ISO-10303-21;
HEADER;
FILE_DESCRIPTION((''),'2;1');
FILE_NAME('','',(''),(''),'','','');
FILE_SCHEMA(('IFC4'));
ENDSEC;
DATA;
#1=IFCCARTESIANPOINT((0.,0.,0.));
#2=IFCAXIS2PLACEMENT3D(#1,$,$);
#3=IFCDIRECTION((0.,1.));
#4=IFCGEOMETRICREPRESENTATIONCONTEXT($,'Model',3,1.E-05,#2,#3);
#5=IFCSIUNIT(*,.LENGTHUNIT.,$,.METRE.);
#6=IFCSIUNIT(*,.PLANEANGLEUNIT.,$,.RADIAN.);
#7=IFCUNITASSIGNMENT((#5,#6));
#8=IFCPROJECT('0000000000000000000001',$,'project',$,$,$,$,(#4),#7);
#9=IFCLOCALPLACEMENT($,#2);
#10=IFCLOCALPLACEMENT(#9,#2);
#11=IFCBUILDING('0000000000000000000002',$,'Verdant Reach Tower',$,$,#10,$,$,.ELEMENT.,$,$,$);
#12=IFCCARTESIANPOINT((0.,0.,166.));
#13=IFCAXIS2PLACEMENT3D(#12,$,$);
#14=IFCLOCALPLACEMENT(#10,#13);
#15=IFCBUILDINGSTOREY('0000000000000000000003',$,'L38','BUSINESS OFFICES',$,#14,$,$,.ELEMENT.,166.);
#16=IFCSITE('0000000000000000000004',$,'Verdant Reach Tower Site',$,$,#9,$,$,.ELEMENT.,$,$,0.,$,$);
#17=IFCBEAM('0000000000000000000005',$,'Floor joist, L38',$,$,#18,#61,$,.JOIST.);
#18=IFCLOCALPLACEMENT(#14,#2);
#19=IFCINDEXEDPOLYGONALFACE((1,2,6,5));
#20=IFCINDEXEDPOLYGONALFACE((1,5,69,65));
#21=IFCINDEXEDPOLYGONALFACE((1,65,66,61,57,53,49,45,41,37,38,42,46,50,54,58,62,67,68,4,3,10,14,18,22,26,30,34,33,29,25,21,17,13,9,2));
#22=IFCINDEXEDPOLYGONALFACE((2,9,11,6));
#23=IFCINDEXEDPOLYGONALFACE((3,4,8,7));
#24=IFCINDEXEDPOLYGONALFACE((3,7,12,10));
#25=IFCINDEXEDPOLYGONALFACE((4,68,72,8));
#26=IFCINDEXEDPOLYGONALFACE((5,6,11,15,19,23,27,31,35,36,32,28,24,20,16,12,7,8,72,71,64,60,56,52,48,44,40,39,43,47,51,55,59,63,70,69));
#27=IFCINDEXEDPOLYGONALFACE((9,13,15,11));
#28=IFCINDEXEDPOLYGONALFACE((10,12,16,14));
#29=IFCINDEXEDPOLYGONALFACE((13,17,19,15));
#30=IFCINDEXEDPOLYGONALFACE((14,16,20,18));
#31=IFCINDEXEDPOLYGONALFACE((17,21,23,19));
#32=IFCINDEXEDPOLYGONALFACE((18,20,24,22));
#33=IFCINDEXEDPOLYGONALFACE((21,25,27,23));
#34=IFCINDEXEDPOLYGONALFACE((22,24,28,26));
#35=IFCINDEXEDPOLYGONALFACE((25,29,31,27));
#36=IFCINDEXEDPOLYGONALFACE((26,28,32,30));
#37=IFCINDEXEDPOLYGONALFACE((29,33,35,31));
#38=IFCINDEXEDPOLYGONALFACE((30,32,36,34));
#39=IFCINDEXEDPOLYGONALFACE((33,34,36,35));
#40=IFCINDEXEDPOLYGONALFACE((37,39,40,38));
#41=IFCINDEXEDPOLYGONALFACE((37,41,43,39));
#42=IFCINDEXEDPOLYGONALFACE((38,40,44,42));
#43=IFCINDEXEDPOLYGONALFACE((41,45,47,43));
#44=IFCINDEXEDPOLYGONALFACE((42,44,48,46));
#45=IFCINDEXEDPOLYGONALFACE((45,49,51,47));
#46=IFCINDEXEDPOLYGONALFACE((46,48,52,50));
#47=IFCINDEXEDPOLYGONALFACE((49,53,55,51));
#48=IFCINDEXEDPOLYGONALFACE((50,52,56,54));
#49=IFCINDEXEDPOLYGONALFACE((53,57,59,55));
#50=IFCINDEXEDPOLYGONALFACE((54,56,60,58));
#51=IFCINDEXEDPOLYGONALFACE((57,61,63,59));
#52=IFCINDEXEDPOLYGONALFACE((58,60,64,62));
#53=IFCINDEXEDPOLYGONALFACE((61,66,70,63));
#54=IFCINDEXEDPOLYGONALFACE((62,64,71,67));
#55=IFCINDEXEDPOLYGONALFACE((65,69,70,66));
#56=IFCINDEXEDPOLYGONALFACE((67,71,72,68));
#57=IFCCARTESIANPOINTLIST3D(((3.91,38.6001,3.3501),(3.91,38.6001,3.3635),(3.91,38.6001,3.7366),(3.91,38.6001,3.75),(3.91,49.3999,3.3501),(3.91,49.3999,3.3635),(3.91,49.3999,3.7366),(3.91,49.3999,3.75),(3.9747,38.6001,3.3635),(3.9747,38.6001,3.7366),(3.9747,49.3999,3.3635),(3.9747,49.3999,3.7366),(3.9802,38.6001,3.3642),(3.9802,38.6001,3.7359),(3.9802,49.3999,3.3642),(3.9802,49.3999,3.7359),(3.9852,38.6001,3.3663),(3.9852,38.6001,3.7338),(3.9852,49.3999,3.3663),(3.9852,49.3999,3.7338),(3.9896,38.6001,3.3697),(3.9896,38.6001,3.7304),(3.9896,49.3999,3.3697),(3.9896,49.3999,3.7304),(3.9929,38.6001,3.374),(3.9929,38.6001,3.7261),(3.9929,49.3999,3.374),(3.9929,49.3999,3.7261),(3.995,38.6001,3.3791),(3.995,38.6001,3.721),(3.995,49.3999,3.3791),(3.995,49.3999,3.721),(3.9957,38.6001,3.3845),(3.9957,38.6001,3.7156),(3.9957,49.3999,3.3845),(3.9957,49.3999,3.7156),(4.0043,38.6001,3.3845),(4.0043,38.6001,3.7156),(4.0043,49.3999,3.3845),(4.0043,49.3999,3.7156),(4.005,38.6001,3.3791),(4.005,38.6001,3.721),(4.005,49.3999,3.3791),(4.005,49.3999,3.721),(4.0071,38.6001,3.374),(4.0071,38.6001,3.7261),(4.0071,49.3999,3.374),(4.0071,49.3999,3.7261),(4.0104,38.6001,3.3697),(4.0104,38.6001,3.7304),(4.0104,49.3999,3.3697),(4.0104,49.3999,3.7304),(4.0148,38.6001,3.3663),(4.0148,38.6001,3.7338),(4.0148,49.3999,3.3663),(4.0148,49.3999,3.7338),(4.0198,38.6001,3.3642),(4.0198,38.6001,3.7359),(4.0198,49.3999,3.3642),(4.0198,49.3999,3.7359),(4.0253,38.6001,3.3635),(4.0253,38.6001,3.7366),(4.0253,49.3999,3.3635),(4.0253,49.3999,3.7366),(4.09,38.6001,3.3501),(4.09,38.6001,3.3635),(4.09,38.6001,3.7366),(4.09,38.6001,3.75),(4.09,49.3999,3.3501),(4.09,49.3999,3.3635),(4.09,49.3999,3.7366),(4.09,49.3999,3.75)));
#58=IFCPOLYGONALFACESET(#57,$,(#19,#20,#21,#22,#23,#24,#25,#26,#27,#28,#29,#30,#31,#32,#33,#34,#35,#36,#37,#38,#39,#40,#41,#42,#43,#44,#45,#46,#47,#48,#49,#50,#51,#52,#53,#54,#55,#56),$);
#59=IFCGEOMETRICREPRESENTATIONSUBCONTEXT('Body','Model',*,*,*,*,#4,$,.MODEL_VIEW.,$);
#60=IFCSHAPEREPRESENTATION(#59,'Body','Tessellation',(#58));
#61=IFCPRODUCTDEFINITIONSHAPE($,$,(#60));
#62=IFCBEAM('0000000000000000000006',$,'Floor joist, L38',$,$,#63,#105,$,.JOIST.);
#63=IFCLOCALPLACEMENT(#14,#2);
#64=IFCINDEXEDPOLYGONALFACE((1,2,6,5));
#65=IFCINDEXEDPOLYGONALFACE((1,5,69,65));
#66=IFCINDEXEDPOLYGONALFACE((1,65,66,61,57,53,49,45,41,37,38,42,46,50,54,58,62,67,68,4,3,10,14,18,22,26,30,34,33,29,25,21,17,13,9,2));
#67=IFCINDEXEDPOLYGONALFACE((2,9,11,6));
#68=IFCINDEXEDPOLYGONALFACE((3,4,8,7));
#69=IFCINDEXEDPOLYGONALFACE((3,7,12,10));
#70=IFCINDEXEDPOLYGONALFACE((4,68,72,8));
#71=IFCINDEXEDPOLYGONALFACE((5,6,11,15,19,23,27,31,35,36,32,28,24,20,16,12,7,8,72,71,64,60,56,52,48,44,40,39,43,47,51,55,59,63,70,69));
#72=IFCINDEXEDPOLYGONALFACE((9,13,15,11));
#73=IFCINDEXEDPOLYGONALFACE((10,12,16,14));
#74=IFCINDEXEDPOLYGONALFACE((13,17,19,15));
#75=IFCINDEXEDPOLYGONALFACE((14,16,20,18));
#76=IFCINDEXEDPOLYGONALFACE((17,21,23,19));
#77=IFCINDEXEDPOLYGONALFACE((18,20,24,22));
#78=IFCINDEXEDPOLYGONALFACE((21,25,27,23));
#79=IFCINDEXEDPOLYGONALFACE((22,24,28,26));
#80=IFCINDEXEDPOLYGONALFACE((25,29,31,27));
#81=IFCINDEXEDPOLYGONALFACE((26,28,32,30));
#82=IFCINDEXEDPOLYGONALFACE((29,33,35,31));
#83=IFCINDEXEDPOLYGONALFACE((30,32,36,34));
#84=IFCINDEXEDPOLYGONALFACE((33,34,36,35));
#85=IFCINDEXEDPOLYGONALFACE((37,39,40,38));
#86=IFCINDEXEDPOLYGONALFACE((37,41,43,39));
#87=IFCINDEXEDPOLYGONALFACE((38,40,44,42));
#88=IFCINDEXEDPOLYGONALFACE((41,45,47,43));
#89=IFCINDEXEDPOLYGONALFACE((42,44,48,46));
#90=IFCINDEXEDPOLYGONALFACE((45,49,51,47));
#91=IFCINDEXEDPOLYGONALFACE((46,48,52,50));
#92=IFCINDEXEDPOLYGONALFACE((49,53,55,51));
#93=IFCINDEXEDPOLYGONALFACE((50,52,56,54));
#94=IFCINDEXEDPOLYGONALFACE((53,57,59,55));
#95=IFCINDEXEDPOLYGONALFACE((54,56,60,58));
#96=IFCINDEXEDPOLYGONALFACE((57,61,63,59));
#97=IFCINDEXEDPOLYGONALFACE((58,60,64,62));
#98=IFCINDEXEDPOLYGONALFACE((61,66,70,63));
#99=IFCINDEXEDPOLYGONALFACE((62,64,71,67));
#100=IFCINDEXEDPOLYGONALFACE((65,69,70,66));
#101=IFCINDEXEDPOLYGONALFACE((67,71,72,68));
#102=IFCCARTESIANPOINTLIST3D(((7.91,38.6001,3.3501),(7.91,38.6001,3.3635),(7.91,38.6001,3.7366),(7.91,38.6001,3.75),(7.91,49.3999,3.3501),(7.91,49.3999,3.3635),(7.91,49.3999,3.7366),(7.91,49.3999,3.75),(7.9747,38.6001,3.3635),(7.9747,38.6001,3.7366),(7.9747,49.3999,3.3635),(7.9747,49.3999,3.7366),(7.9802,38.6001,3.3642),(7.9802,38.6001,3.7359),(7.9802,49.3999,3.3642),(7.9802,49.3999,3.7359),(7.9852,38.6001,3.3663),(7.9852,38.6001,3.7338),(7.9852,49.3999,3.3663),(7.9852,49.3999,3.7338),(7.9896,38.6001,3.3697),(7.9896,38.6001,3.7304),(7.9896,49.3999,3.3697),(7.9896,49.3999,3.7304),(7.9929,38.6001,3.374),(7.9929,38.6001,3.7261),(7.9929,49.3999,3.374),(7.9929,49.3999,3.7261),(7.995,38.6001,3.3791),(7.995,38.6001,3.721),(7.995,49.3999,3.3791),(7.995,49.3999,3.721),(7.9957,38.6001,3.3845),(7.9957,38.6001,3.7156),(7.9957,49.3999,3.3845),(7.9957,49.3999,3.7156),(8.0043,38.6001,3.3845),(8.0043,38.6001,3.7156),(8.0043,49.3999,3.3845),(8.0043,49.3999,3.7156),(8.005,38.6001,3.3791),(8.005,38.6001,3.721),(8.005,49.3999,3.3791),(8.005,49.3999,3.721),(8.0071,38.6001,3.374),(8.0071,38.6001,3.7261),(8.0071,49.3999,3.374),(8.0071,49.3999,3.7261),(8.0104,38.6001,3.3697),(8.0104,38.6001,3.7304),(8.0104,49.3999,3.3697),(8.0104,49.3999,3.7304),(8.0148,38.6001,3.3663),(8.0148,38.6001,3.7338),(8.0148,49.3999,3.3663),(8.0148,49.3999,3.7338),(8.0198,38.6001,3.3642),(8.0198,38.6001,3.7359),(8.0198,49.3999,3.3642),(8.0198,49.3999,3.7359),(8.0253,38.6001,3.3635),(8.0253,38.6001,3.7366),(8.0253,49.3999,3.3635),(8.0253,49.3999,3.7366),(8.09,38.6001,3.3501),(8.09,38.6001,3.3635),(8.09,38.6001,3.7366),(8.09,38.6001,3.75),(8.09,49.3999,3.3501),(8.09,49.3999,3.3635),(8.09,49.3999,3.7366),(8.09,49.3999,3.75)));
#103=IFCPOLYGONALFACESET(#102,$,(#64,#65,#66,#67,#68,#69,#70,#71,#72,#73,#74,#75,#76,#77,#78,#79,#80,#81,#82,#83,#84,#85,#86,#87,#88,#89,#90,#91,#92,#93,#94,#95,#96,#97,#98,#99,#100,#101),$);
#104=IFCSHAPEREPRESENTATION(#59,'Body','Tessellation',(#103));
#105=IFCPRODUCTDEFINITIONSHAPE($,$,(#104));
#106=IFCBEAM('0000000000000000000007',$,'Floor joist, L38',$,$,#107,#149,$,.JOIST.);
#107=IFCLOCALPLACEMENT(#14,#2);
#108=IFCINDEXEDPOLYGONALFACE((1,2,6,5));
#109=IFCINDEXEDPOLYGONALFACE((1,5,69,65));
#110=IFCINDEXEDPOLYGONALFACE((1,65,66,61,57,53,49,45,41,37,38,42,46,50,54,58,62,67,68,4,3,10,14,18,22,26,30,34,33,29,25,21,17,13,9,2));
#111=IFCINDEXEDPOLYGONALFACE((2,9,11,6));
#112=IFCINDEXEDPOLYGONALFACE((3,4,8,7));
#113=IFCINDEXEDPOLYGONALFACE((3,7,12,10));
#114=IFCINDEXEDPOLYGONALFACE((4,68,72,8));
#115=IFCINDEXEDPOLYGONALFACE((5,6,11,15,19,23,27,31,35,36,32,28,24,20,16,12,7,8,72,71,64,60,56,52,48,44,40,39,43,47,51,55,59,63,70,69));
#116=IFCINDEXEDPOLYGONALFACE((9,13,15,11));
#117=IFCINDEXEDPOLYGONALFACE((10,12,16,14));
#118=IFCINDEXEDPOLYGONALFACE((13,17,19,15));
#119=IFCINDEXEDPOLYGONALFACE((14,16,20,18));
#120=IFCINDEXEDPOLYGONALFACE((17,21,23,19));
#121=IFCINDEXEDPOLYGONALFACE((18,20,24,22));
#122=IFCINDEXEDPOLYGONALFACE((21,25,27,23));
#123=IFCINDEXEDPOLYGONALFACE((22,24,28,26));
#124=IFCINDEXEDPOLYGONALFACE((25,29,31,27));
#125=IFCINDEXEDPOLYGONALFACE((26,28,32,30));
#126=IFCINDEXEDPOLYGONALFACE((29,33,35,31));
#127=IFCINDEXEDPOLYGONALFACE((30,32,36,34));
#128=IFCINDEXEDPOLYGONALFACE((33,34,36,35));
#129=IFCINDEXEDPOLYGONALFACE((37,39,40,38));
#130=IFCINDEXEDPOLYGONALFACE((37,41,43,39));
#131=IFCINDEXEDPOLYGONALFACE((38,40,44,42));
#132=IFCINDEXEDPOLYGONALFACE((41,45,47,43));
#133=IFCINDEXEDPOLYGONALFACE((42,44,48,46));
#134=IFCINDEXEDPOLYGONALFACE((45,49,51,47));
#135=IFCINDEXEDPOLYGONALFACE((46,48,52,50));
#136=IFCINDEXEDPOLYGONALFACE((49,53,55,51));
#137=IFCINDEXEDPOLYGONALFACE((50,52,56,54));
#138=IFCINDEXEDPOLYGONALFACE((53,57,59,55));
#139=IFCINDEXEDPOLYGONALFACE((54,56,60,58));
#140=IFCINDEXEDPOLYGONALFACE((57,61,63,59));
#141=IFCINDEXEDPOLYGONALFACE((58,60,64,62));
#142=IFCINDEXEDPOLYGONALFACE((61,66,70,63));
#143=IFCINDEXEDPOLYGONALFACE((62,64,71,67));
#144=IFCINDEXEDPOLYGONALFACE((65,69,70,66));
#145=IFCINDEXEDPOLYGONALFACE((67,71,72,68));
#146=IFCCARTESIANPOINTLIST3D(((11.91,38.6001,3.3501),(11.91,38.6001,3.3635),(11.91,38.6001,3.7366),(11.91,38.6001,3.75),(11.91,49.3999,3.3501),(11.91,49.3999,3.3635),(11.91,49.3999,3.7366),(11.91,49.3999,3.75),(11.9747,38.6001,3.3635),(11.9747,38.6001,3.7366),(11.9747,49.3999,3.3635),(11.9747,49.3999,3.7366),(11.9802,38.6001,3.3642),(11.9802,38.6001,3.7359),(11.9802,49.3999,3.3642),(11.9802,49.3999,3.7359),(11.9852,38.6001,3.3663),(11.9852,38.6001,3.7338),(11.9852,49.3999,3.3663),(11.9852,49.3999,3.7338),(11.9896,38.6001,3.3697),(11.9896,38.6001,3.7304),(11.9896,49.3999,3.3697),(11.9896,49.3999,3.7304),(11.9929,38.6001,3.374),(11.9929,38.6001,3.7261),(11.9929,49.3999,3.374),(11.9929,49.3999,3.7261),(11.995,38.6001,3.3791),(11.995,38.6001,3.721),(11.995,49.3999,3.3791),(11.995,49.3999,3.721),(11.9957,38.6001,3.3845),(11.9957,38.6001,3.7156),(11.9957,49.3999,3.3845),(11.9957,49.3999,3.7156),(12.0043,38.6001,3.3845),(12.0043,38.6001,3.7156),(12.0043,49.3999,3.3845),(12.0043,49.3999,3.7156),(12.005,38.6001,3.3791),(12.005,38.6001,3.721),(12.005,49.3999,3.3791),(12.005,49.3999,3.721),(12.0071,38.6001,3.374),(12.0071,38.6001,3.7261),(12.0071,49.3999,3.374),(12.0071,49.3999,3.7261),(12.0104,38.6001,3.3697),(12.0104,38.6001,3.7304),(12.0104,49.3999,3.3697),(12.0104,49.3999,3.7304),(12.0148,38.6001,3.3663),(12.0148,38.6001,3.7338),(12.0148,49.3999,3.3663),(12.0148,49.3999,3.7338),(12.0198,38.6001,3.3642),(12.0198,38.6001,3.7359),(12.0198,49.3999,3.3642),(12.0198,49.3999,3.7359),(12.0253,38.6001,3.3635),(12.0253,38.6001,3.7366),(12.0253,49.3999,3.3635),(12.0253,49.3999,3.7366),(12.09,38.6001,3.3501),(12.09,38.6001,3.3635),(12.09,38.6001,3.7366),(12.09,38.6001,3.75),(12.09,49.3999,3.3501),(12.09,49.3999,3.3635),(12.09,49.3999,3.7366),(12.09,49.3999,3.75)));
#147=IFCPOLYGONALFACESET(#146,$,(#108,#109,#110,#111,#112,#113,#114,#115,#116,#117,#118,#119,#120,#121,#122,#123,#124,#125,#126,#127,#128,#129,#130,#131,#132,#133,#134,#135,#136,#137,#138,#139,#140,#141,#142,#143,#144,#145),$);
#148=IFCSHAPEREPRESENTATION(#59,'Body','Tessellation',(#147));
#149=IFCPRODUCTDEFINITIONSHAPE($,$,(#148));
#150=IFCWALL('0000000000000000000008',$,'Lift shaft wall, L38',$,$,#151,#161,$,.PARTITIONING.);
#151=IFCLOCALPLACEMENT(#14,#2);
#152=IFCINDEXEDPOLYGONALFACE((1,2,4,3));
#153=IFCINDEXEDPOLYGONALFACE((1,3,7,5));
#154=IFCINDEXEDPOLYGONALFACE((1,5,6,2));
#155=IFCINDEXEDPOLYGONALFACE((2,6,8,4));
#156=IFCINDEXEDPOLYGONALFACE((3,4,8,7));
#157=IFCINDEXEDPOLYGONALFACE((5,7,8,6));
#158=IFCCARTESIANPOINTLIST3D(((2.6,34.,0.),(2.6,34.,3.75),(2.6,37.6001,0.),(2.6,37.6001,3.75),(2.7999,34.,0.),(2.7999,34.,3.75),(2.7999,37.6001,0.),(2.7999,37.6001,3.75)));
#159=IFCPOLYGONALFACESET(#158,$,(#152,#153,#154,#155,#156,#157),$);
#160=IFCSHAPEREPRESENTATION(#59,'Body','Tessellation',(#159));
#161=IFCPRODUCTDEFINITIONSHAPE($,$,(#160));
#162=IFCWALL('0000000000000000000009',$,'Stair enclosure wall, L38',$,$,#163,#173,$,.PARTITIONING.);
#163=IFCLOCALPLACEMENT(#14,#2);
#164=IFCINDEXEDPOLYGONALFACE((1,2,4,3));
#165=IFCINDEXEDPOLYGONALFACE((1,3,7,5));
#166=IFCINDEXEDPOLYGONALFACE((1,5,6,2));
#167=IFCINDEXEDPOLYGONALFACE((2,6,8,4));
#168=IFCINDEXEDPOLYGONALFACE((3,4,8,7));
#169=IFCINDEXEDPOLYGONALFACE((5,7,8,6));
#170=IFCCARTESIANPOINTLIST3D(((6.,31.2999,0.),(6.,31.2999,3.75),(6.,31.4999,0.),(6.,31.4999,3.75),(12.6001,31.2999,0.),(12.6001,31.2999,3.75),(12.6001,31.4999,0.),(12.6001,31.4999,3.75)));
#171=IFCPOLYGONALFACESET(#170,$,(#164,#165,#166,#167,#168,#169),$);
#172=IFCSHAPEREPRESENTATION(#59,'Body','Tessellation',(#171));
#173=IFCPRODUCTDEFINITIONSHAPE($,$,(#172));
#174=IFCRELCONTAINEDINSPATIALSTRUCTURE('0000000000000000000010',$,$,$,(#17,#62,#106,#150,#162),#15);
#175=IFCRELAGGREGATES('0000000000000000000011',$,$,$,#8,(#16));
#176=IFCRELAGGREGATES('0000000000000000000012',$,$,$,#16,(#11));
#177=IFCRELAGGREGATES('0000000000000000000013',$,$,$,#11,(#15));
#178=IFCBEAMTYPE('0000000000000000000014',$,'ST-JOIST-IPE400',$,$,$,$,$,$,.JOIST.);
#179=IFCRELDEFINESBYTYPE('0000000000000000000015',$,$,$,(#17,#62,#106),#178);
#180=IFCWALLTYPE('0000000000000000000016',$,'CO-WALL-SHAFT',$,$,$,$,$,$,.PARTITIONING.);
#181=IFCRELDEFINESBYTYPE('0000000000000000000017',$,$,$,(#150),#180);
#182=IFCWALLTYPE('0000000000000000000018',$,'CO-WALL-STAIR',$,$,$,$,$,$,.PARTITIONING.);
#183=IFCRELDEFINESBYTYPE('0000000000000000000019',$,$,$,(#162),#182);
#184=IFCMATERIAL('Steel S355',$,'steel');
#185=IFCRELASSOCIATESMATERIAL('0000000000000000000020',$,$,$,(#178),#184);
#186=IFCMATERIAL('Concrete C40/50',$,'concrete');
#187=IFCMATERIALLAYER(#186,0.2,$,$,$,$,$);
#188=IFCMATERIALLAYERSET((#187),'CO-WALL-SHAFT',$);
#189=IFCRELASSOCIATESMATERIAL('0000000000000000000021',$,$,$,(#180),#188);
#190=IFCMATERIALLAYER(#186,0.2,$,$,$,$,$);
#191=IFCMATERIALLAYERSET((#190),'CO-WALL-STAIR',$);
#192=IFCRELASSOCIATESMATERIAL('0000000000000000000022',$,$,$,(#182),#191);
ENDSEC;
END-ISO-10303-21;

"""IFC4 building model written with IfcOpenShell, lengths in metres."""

from ifc_helpers import new_model, si_unit, direction, frame, frame_2d, origin, origin_2d, place, context, subcontext, project, spatial, rectangle, i_section, extrude, material, layer, layer_set, material_profile, profile_set, type_object, element, save


model = new_model("IFC4")

# Units and contexts
model_context = context("Model", 3, precision=1e-05, world=origin(), true_north=direction((0.0, 1.0)))
body_context = subcontext(model_context, "Body", "Model", "MODEL_VIEW")
ifc_project = project(units=[si_unit("LENGTHUNIT", "METRE"), si_unit("PLANEANGLEUNIT", "RADIAN")], contexts=[model_context])

# Site, building, storey
site_placement = place(None, origin())
site = spatial("IfcSite", under=ifc_project, at=site_placement, Name="Verdant Reach Tower Site", CompositionType="ELEMENT", RefElevation=0.0)
building_placement = place(site_placement, origin())
building = spatial("IfcBuilding", under=site, at=building_placement, Name="Verdant Reach Tower", CompositionType="ELEMENT")
storey_placement = place(building_placement, frame((0.0, 0.0, 166.0)))
storey = spatial("IfcBuildingStorey", under=building, at=storey_placement, Name="L38", Description="BUSINESS OFFICES", CompositionType="ELEMENT", Elevation=166.0)

# Beams
ifc_material_1 = material(Name="Steel S355", Category="steel")
ifc_material_profile = material_profile(ifc_material_1, i_section(OverallWidth=0.1799, OverallDepth=0.3999, WebThickness=0.0085, FlangeThickness=0.0134, FilletRadius=0.021, at=origin_2d()), Name="IPE 400")
ifc_profile_set = profile_set([ifc_material_profile], Name="Steel S355")
beam_type = type_object("IfcBeamType", Name="ST-JOIST-IPE400", PredefinedType="JOIST", material=ifc_profile_set)
for number, where, z_axis, x_axis, name in (
    (1, (4.0, 38.6001, 3.55), (0.0, 1.0, 0.0), (-1.0, 0.0, 0.0), "Floor joist, L38"),
    (2, (8.0, 38.6001, 3.55), (0.0, 1.0, 0.0), (-1.0, 0.0, 0.0), "Floor joist, L38"),
    (3, (12.0, 38.6001, 3.55), (0.0, 1.0, 0.0), (-1.0, 0.0, 0.0), "Floor joist, L38"),
):
    element("IfcBeam", number, at=place(storey_placement, frame(where, z_axis=z_axis, x_axis=x_axis)), inside=storey, type_object=beam_type, Name=name, PredefinedType="JOIST", context=body_context, shape_type="SweptSolid", body=[
        extrude(i_section(OverallWidth=0.1799, OverallDepth=0.3999, WebThickness=0.0085, FlangeThickness=0.0134, FilletRadius=0.021, at=origin_2d()), origin(), (0.0, 0.0, 1.0), 10.7998),
    ])

# Walls
ifc_material_2 = material(Name="Concrete C40/50", Category="concrete")
ifc_layer_1 = layer(ifc_material_2, 0.2)
ifc_layer_set_1 = layer_set([ifc_layer_1], Name="CO-WALL-SHAFT")
wall_type_1 = type_object("IfcWallType", Name="CO-WALL-SHAFT", PredefinedType="PARTITIONING", material=ifc_layer_set_1)
wall_1_placement = place(storey_placement, frame((2.7, 34.0, 0.0), z_axis=(0.0, 0.0, 1.0), x_axis=(0.0, 1.0, 0.0)))
element("IfcWall", 4, at=wall_1_placement, inside=storey, type_object=wall_type_1, Name="Lift shaft wall, L38", PredefinedType="PARTITIONING", context=body_context, shape_type="SweptSolid", body=[
    extrude(rectangle(XDim=3.6001, YDim=0.2, at=frame_2d((1.8, 0.0))), origin(), (0.0, 0.0, 1.0), 3.75),
])
ifc_layer_2 = layer(ifc_material_2, 0.2)
ifc_layer_set_2 = layer_set([ifc_layer_2], Name="CO-WALL-STAIR")
wall_type_2 = type_object("IfcWallType", Name="CO-WALL-STAIR", PredefinedType="PARTITIONING", material=ifc_layer_set_2)
wall_2_placement = place(storey_placement, frame((6.0, 31.3999, 0.0), z_axis=(0.0, 0.0, 1.0), x_axis=(1.0, 0.0, 0.0)))
element("IfcWall", 5, at=wall_2_placement, inside=storey, type_object=wall_type_2, Name="Stair enclosure wall, L38", PredefinedType="PARTITIONING", context=body_context, shape_type="SweptSolid", body=[
    extrude(rectangle(XDim=6.6001, YDim=0.2, at=frame_2d((3.3, 0.0))), origin(), (0.0, 0.0, 1.0), 3.75),
])

save(model, "model.ifc")
